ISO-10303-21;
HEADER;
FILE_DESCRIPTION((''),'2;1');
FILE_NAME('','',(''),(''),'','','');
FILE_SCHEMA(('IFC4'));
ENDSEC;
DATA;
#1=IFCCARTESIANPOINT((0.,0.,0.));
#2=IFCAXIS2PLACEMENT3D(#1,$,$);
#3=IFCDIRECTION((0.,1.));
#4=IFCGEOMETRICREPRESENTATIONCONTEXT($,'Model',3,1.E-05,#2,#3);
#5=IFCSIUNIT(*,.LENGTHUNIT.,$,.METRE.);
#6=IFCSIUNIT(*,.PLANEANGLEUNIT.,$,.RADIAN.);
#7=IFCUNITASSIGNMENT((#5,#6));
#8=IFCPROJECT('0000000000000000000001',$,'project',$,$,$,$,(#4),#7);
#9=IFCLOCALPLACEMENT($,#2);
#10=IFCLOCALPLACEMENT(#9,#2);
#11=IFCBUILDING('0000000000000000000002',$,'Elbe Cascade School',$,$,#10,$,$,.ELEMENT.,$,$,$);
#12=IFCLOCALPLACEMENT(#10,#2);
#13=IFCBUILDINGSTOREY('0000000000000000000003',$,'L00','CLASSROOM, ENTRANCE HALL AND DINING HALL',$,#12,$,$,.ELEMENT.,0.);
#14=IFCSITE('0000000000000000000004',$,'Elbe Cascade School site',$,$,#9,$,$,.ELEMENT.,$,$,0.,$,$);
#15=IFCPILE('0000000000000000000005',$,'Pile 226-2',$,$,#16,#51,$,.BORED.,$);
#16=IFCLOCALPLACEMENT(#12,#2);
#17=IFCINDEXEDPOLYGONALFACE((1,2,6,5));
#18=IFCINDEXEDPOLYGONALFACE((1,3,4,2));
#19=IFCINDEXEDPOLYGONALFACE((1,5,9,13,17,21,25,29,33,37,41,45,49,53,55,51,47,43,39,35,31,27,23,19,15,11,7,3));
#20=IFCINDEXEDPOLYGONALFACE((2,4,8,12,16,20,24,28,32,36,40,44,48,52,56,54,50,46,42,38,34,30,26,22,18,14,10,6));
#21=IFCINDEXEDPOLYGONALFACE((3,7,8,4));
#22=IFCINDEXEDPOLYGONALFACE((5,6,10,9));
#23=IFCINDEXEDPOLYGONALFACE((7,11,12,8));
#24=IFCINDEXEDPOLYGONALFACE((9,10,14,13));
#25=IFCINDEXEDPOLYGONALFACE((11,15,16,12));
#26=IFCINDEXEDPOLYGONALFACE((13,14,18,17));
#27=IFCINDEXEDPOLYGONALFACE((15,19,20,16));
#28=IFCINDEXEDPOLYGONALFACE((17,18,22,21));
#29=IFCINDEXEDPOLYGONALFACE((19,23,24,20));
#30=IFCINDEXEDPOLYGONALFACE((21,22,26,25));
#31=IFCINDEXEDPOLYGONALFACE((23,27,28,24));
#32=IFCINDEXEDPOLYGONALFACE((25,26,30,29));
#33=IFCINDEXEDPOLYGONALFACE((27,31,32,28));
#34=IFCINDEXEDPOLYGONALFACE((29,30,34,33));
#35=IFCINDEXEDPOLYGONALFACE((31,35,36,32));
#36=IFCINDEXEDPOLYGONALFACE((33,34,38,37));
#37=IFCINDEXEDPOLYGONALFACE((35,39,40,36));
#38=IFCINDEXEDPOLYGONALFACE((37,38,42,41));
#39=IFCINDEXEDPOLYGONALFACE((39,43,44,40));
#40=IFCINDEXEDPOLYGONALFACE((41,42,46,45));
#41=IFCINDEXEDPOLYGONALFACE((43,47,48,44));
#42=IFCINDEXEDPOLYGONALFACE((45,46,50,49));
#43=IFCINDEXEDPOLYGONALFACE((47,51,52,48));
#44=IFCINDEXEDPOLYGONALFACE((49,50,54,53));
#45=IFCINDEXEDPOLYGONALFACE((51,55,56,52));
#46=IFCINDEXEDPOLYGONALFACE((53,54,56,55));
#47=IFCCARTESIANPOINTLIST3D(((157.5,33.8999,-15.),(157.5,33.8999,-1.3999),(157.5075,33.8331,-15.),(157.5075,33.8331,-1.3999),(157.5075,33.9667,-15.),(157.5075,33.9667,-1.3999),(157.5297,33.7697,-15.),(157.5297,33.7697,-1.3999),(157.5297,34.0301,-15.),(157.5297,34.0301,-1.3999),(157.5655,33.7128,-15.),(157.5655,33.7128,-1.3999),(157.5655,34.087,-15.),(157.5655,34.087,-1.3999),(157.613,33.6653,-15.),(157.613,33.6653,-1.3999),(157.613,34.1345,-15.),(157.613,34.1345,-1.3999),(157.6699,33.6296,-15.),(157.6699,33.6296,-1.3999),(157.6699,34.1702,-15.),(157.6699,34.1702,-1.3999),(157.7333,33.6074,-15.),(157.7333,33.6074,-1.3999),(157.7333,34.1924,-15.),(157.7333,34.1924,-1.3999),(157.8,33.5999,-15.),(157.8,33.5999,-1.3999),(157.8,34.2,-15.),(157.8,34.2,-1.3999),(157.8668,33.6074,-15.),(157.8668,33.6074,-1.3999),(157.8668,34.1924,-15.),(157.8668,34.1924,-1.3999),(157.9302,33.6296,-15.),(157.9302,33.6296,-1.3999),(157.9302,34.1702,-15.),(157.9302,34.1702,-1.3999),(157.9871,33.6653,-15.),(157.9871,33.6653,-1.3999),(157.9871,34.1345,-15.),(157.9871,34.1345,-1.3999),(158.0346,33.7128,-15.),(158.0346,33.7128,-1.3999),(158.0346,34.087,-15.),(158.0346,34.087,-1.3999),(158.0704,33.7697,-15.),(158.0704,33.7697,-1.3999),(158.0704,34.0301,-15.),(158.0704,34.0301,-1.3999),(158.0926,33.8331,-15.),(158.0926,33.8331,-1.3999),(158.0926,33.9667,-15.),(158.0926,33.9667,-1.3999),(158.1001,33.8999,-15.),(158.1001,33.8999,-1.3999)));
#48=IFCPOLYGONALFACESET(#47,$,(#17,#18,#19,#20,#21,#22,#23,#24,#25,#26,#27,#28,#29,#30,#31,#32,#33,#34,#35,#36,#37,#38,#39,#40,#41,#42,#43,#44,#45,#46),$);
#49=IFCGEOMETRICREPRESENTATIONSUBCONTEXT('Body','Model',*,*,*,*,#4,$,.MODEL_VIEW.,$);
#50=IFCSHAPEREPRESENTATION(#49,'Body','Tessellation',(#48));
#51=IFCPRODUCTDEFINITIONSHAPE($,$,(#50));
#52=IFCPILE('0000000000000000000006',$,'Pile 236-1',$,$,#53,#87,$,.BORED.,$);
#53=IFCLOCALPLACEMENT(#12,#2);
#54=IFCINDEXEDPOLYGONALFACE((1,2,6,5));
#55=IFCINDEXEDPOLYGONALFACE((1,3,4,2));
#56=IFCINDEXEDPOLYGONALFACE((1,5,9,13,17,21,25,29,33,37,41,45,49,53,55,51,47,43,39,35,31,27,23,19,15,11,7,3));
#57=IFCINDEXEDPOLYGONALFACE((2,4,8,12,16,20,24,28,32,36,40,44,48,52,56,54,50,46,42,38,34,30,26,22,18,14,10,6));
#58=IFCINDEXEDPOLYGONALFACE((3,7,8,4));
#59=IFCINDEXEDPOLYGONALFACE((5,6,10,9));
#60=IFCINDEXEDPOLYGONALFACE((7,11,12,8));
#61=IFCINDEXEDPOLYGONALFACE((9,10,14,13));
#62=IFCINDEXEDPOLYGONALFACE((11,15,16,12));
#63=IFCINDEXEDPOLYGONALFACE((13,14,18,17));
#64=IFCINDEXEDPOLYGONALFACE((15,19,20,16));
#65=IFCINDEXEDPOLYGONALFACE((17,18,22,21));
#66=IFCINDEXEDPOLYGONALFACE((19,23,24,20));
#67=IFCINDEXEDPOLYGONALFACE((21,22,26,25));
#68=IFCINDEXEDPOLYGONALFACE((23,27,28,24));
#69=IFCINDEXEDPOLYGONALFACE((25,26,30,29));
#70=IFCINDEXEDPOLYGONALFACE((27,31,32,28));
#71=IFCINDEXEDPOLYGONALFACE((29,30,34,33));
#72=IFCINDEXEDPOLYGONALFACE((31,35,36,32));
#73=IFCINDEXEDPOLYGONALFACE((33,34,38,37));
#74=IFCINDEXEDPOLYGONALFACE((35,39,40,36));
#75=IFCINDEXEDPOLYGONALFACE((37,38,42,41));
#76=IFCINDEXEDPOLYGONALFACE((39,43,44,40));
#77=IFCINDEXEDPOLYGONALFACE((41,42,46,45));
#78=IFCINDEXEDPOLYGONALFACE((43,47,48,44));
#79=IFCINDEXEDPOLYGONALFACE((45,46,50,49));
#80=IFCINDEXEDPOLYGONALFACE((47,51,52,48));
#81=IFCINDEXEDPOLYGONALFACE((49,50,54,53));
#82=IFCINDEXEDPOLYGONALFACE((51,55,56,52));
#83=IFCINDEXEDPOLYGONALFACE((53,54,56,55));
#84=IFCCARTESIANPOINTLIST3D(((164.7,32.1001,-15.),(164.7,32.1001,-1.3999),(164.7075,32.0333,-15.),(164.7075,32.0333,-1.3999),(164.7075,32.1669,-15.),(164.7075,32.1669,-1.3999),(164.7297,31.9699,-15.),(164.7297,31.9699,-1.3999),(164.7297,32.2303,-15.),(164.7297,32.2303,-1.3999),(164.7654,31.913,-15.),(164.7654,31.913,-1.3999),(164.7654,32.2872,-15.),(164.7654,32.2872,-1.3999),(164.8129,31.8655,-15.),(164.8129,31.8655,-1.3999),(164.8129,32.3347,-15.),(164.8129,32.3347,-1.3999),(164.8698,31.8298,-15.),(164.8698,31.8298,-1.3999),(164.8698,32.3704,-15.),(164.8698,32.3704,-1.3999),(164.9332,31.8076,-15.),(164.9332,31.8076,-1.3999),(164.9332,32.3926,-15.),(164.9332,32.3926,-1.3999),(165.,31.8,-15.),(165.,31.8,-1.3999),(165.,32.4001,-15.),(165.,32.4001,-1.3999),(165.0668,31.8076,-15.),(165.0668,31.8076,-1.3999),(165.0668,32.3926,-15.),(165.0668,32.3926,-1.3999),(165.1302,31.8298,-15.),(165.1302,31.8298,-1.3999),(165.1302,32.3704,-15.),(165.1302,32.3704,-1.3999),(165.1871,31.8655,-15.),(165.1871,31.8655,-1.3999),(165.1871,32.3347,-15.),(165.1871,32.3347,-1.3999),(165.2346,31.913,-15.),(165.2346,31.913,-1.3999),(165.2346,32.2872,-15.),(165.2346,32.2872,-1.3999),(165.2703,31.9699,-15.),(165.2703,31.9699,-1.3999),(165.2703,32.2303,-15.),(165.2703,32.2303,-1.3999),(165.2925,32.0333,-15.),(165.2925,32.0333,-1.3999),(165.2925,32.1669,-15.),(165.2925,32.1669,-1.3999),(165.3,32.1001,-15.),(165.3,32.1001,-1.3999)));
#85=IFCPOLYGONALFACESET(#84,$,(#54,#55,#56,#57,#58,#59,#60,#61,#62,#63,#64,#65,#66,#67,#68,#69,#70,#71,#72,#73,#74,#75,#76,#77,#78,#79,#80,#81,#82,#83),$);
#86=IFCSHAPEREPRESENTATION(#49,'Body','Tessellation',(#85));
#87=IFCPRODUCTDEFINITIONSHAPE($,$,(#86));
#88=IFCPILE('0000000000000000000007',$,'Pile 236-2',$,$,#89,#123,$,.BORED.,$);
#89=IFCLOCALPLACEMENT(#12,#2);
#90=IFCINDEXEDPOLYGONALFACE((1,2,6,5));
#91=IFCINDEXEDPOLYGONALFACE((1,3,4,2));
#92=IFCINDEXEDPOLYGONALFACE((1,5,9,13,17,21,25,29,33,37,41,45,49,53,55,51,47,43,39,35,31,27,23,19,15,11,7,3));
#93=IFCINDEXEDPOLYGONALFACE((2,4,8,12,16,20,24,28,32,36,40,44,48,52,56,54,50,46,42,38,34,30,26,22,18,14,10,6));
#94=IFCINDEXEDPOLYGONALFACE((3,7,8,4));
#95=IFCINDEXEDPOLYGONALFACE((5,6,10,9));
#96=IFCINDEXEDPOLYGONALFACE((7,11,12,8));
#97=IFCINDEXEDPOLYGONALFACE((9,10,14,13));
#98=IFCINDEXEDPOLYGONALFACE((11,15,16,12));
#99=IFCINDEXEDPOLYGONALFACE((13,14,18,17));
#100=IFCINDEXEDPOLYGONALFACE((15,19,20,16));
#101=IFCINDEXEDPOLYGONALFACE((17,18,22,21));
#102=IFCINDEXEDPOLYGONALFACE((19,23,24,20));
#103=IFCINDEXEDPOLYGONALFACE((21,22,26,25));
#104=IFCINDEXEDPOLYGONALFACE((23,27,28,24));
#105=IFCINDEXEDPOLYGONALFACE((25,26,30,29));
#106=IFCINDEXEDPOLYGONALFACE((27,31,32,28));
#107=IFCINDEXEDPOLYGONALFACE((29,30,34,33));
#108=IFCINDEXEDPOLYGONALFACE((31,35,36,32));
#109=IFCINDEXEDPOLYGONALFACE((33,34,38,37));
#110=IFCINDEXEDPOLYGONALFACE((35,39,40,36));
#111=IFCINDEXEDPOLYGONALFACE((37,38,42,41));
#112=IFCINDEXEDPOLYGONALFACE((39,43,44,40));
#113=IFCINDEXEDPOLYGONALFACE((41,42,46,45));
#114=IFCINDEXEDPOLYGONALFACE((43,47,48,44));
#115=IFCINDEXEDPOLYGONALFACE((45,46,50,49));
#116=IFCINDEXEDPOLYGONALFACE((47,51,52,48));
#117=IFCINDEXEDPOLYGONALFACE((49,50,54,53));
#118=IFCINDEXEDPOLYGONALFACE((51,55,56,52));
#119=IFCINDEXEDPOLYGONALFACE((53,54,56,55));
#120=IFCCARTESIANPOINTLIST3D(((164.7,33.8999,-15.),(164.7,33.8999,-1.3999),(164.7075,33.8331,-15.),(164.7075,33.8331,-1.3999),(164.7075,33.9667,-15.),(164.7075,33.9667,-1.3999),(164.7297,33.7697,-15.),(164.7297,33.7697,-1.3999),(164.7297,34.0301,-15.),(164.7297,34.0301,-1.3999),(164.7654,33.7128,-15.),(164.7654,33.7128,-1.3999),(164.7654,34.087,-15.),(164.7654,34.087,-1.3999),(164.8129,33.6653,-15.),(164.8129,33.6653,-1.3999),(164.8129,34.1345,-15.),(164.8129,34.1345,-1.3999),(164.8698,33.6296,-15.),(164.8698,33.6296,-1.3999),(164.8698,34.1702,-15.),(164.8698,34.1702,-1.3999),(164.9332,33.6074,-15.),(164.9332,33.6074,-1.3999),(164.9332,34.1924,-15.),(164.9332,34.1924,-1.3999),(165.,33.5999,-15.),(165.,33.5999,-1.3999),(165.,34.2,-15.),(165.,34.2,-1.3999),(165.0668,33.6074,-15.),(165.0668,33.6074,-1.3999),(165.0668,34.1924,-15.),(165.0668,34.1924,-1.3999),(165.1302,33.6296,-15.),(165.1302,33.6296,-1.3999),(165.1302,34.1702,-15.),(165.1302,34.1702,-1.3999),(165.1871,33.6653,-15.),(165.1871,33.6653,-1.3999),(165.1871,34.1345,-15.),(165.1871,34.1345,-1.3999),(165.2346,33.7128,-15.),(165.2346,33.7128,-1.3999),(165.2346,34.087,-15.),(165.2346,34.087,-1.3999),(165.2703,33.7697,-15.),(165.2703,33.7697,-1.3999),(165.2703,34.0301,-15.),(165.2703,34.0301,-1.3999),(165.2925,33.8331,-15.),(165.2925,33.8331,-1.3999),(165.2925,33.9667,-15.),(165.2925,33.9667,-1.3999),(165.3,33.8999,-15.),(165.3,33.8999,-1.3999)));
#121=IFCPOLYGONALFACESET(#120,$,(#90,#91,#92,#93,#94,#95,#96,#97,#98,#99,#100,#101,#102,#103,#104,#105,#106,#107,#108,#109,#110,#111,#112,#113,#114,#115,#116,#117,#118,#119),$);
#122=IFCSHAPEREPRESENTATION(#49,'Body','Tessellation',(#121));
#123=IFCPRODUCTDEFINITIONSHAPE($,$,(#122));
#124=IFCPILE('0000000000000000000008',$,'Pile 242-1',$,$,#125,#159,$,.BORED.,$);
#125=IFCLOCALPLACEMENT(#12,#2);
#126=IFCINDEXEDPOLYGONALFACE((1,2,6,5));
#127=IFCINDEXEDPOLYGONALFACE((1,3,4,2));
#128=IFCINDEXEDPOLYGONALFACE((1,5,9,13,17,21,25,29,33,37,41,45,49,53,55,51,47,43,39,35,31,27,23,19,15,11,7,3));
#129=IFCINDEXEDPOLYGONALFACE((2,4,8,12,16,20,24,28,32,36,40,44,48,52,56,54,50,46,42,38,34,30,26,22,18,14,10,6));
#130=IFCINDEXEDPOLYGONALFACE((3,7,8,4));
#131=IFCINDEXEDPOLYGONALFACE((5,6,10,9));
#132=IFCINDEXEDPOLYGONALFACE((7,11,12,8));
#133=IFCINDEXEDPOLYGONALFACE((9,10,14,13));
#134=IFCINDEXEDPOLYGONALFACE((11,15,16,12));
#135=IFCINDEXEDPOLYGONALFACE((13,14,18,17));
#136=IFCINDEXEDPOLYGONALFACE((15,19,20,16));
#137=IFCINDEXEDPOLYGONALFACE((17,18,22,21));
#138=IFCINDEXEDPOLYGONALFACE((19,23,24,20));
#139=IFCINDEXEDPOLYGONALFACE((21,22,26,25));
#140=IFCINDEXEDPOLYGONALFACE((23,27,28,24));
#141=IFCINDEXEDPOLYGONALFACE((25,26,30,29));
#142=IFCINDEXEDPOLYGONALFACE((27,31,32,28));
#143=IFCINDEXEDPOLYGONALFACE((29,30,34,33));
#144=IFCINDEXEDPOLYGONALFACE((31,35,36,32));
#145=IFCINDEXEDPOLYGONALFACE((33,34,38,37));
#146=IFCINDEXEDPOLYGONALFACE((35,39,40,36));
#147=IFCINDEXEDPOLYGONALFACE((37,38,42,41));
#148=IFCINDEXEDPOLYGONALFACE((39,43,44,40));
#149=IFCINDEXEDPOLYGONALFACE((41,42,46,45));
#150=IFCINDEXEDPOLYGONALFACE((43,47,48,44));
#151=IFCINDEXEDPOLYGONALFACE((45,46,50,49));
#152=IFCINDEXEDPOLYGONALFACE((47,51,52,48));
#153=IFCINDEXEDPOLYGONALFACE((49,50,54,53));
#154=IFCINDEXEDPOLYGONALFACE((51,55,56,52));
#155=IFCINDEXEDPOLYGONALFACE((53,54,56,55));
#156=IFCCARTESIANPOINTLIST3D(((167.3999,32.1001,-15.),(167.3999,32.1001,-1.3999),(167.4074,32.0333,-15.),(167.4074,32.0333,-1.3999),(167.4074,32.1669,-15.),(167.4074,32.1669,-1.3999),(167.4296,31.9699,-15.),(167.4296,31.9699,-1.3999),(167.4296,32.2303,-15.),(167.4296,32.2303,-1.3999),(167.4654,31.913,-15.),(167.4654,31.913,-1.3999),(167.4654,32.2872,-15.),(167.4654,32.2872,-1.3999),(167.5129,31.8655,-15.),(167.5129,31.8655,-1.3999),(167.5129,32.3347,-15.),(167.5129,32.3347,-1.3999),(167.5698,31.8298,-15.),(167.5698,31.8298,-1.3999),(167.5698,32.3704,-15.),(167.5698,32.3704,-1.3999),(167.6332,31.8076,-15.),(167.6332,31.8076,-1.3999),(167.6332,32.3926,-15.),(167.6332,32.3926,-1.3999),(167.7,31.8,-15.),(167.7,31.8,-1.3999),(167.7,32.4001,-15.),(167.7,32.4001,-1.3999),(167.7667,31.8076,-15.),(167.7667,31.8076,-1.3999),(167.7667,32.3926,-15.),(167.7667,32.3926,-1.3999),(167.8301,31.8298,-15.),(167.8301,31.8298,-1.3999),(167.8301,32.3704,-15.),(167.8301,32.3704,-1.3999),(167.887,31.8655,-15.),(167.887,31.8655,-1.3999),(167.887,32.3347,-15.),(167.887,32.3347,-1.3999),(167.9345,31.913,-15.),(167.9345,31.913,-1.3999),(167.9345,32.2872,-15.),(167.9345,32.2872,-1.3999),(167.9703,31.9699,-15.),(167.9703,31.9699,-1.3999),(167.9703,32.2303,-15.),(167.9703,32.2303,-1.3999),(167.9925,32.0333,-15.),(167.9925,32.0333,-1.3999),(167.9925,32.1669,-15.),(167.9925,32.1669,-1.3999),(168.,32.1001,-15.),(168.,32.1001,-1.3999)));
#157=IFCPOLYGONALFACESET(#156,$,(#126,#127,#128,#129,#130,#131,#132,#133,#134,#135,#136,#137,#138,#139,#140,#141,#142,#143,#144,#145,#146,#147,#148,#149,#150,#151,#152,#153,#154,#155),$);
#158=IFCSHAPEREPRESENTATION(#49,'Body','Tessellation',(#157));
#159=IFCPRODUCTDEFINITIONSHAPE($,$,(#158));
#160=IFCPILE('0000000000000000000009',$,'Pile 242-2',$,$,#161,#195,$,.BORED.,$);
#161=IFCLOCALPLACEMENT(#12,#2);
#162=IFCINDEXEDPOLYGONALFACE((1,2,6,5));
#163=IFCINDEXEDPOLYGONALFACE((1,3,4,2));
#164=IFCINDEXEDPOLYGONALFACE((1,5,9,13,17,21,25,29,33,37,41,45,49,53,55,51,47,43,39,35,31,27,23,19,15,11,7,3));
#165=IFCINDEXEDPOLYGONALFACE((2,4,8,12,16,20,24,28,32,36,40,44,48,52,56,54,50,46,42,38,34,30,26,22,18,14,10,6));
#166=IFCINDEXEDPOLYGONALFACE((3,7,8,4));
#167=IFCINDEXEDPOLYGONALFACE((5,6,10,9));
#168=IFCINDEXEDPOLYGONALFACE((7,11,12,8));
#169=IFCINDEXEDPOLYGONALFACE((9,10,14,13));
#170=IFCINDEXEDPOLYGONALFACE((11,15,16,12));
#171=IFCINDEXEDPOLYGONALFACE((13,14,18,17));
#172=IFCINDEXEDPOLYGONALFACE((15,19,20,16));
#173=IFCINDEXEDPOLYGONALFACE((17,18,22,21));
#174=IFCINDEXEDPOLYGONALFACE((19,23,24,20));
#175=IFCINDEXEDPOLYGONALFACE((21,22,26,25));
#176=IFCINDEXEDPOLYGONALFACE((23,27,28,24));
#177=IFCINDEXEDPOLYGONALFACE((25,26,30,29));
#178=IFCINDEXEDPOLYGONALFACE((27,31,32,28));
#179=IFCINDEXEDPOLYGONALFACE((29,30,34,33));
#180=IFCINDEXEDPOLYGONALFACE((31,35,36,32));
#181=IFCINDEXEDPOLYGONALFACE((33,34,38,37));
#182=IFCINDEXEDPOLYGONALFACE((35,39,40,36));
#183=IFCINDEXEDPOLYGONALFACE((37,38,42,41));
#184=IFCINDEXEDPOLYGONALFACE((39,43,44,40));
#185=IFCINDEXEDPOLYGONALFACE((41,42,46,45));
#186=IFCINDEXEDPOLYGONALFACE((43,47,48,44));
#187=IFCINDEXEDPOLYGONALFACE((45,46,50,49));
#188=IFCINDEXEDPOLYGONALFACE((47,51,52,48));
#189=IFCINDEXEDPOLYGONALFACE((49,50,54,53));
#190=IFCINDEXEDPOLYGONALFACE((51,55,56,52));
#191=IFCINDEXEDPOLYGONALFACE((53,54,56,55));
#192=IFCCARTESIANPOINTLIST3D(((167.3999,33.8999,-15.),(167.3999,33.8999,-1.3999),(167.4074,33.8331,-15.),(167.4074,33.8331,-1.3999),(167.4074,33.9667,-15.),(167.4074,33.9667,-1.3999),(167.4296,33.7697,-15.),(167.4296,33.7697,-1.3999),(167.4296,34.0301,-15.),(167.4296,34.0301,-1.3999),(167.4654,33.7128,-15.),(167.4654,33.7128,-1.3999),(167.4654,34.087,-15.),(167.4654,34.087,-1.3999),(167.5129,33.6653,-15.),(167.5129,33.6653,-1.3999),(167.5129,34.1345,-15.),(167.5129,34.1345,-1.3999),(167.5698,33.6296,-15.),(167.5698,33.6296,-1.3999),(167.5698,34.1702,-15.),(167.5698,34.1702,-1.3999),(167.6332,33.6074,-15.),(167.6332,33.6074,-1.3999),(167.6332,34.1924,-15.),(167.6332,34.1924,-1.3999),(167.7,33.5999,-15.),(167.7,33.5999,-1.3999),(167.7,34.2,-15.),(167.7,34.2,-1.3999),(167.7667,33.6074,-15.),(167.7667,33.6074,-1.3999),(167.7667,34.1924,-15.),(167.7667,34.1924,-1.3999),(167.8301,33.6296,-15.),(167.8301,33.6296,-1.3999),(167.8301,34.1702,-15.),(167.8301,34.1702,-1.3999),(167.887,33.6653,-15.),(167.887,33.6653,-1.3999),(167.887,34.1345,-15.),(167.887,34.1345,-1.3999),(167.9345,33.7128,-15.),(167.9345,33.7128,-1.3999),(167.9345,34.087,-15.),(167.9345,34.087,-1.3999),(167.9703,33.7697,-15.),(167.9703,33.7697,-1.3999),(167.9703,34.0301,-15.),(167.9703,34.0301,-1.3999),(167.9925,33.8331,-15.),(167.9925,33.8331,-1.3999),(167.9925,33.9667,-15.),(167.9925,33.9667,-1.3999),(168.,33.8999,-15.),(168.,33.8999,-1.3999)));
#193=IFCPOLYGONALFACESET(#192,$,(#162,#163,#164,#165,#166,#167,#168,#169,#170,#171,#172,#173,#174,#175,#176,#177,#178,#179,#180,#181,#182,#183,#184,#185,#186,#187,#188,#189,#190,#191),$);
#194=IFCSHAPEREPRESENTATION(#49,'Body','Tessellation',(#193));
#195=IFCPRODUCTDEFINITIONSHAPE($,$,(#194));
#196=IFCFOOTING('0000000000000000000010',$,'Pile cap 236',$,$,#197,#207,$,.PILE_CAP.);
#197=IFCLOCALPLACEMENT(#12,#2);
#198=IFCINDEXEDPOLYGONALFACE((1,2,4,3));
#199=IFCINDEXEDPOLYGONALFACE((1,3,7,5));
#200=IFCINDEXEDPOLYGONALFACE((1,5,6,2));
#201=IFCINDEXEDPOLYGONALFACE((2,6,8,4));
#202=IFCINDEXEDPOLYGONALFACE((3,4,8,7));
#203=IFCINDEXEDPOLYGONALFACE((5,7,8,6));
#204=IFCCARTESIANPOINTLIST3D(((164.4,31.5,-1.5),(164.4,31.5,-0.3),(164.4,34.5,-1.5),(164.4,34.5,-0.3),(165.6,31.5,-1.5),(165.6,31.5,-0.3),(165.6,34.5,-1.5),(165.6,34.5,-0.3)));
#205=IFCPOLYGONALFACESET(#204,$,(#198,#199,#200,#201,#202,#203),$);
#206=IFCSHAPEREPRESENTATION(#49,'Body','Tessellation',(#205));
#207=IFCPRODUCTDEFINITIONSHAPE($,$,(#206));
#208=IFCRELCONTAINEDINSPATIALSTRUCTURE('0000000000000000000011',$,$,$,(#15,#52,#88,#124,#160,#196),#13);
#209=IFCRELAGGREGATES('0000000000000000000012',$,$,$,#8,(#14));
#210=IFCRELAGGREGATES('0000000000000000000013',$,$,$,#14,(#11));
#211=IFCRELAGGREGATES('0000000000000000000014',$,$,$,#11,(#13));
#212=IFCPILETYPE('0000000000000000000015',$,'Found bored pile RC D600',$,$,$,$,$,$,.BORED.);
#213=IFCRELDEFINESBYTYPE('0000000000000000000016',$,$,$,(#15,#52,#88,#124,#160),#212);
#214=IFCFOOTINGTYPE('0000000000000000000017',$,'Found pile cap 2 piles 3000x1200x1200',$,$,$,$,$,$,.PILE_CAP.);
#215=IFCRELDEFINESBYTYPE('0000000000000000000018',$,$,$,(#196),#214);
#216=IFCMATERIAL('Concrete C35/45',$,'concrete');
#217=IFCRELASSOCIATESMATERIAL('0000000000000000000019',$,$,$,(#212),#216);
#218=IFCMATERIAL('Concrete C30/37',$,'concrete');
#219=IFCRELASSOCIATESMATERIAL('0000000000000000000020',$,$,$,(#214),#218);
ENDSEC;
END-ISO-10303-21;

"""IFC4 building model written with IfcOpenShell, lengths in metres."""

from ifc_helpers import new_model, si_unit, direction, frame, origin, origin_2d, place, context, subcontext, project, spatial, rectangle, circle, extrude, material, material_profile, profile_set, type_object, element, save


model = new_model("IFC4")

# Units and contexts
model_context = context("Model", 3, precision=1e-05, world=origin(), true_north=direction((0.0, 1.0)))
body_context = subcontext(model_context, "Body", "Model", "MODEL_VIEW")
ifc_project = project(units=[si_unit("LENGTHUNIT", "METRE"), si_unit("PLANEANGLEUNIT", "RADIAN")], contexts=[model_context])

# Site, building, storey
site_placement = place(None, origin())
site = spatial("IfcSite", under=ifc_project, at=site_placement, Name="Elbe Cascade School site", CompositionType="ELEMENT", RefElevation=0.0)
building_placement = place(site_placement, origin())
building = spatial("IfcBuilding", under=site, at=building_placement, Name="Elbe Cascade School", CompositionType="ELEMENT")
storey_placement = place(building_placement, origin())
storey = spatial("IfcBuildingStorey", under=building, at=storey_placement, Name="L00", Description="CLASSROOM, ENTRANCE HALL AND DINING HALL", CompositionType="ELEMENT", Elevation=0.0)

# Piles
ifc_material_1 = material(Name="Concrete C35/45", Category="concrete")
ifc_material_profile_1 = material_profile(ifc_material_1, circle(Radius=0.3, at=origin_2d()), Name="RC D600")
ifc_profile_set_1 = profile_set([ifc_material_profile_1], Name="Concrete C35/45")
pile_type = type_object("IfcPileType", Name="Found bored pile RC D600", PredefinedType="BORED", material=ifc_profile_set_1)
for number, where, z_axis, x_axis, name in (
    (1, (157.8, 33.8999, -1.3999), (0.0, 0.0, -1.0), (1.0, 0.0, 0.0), "Pile 226-2"),
    (2, (165.0, 32.1001, -1.3999), (0.0, 0.0, -1.0), (1.0, 0.0, 0.0), "Pile 236-1"),
    (3, (165.0, 33.8999, -1.3999), (0.0, 0.0, -1.0), (1.0, 0.0, 0.0), "Pile 236-2"),
    (4, (167.7, 32.1001, -1.3999), (0.0, 0.0, -1.0), (1.0, 0.0, 0.0), "Pile 242-1"),
    (5, (167.7, 33.8999, -1.3999), (0.0, 0.0, -1.0), (1.0, 0.0, 0.0), "Pile 242-2"),
):
    element("IfcPile", number, at=place(storey_placement, frame(where, z_axis=z_axis, x_axis=x_axis)), inside=storey, type_object=pile_type, Name=name, PredefinedType="BORED", context=body_context, shape_type="SweptSolid", body=[
        extrude(circle(Radius=0.3, at=origin_2d()), origin(), (0.0, 0.0, 1.0), 13.6001),
    ])

# Footing
ifc_material_2 = material(Name="Concrete C30/37", Category="concrete")
footing_type = type_object("IfcFootingType", Name="Found pile cap 2 piles 3000x1200x1200", PredefinedType="PILE_CAP", material=ifc_material_2)
for number, where, z_axis, x_axis, name in (
    (6, (165.0, 33.0, -1.5), (0.0, 0.0, 1.0), (1.0, 0.0, 0.0), "Pile cap 236"),
):
    element("IfcFooting", number, at=place(storey_placement, frame(where, z_axis=z_axis, x_axis=x_axis)), inside=storey, type_object=footing_type, Name=name, PredefinedType="PILE_CAP", context=body_context, shape_type="SweptSolid", body=[
        extrude(rectangle(XDim=1.2, YDim=3.0, at=origin_2d()), origin(), (0.0, 0.0, 1.0), 1.2),
    ])

save(model, "model.ifc")
